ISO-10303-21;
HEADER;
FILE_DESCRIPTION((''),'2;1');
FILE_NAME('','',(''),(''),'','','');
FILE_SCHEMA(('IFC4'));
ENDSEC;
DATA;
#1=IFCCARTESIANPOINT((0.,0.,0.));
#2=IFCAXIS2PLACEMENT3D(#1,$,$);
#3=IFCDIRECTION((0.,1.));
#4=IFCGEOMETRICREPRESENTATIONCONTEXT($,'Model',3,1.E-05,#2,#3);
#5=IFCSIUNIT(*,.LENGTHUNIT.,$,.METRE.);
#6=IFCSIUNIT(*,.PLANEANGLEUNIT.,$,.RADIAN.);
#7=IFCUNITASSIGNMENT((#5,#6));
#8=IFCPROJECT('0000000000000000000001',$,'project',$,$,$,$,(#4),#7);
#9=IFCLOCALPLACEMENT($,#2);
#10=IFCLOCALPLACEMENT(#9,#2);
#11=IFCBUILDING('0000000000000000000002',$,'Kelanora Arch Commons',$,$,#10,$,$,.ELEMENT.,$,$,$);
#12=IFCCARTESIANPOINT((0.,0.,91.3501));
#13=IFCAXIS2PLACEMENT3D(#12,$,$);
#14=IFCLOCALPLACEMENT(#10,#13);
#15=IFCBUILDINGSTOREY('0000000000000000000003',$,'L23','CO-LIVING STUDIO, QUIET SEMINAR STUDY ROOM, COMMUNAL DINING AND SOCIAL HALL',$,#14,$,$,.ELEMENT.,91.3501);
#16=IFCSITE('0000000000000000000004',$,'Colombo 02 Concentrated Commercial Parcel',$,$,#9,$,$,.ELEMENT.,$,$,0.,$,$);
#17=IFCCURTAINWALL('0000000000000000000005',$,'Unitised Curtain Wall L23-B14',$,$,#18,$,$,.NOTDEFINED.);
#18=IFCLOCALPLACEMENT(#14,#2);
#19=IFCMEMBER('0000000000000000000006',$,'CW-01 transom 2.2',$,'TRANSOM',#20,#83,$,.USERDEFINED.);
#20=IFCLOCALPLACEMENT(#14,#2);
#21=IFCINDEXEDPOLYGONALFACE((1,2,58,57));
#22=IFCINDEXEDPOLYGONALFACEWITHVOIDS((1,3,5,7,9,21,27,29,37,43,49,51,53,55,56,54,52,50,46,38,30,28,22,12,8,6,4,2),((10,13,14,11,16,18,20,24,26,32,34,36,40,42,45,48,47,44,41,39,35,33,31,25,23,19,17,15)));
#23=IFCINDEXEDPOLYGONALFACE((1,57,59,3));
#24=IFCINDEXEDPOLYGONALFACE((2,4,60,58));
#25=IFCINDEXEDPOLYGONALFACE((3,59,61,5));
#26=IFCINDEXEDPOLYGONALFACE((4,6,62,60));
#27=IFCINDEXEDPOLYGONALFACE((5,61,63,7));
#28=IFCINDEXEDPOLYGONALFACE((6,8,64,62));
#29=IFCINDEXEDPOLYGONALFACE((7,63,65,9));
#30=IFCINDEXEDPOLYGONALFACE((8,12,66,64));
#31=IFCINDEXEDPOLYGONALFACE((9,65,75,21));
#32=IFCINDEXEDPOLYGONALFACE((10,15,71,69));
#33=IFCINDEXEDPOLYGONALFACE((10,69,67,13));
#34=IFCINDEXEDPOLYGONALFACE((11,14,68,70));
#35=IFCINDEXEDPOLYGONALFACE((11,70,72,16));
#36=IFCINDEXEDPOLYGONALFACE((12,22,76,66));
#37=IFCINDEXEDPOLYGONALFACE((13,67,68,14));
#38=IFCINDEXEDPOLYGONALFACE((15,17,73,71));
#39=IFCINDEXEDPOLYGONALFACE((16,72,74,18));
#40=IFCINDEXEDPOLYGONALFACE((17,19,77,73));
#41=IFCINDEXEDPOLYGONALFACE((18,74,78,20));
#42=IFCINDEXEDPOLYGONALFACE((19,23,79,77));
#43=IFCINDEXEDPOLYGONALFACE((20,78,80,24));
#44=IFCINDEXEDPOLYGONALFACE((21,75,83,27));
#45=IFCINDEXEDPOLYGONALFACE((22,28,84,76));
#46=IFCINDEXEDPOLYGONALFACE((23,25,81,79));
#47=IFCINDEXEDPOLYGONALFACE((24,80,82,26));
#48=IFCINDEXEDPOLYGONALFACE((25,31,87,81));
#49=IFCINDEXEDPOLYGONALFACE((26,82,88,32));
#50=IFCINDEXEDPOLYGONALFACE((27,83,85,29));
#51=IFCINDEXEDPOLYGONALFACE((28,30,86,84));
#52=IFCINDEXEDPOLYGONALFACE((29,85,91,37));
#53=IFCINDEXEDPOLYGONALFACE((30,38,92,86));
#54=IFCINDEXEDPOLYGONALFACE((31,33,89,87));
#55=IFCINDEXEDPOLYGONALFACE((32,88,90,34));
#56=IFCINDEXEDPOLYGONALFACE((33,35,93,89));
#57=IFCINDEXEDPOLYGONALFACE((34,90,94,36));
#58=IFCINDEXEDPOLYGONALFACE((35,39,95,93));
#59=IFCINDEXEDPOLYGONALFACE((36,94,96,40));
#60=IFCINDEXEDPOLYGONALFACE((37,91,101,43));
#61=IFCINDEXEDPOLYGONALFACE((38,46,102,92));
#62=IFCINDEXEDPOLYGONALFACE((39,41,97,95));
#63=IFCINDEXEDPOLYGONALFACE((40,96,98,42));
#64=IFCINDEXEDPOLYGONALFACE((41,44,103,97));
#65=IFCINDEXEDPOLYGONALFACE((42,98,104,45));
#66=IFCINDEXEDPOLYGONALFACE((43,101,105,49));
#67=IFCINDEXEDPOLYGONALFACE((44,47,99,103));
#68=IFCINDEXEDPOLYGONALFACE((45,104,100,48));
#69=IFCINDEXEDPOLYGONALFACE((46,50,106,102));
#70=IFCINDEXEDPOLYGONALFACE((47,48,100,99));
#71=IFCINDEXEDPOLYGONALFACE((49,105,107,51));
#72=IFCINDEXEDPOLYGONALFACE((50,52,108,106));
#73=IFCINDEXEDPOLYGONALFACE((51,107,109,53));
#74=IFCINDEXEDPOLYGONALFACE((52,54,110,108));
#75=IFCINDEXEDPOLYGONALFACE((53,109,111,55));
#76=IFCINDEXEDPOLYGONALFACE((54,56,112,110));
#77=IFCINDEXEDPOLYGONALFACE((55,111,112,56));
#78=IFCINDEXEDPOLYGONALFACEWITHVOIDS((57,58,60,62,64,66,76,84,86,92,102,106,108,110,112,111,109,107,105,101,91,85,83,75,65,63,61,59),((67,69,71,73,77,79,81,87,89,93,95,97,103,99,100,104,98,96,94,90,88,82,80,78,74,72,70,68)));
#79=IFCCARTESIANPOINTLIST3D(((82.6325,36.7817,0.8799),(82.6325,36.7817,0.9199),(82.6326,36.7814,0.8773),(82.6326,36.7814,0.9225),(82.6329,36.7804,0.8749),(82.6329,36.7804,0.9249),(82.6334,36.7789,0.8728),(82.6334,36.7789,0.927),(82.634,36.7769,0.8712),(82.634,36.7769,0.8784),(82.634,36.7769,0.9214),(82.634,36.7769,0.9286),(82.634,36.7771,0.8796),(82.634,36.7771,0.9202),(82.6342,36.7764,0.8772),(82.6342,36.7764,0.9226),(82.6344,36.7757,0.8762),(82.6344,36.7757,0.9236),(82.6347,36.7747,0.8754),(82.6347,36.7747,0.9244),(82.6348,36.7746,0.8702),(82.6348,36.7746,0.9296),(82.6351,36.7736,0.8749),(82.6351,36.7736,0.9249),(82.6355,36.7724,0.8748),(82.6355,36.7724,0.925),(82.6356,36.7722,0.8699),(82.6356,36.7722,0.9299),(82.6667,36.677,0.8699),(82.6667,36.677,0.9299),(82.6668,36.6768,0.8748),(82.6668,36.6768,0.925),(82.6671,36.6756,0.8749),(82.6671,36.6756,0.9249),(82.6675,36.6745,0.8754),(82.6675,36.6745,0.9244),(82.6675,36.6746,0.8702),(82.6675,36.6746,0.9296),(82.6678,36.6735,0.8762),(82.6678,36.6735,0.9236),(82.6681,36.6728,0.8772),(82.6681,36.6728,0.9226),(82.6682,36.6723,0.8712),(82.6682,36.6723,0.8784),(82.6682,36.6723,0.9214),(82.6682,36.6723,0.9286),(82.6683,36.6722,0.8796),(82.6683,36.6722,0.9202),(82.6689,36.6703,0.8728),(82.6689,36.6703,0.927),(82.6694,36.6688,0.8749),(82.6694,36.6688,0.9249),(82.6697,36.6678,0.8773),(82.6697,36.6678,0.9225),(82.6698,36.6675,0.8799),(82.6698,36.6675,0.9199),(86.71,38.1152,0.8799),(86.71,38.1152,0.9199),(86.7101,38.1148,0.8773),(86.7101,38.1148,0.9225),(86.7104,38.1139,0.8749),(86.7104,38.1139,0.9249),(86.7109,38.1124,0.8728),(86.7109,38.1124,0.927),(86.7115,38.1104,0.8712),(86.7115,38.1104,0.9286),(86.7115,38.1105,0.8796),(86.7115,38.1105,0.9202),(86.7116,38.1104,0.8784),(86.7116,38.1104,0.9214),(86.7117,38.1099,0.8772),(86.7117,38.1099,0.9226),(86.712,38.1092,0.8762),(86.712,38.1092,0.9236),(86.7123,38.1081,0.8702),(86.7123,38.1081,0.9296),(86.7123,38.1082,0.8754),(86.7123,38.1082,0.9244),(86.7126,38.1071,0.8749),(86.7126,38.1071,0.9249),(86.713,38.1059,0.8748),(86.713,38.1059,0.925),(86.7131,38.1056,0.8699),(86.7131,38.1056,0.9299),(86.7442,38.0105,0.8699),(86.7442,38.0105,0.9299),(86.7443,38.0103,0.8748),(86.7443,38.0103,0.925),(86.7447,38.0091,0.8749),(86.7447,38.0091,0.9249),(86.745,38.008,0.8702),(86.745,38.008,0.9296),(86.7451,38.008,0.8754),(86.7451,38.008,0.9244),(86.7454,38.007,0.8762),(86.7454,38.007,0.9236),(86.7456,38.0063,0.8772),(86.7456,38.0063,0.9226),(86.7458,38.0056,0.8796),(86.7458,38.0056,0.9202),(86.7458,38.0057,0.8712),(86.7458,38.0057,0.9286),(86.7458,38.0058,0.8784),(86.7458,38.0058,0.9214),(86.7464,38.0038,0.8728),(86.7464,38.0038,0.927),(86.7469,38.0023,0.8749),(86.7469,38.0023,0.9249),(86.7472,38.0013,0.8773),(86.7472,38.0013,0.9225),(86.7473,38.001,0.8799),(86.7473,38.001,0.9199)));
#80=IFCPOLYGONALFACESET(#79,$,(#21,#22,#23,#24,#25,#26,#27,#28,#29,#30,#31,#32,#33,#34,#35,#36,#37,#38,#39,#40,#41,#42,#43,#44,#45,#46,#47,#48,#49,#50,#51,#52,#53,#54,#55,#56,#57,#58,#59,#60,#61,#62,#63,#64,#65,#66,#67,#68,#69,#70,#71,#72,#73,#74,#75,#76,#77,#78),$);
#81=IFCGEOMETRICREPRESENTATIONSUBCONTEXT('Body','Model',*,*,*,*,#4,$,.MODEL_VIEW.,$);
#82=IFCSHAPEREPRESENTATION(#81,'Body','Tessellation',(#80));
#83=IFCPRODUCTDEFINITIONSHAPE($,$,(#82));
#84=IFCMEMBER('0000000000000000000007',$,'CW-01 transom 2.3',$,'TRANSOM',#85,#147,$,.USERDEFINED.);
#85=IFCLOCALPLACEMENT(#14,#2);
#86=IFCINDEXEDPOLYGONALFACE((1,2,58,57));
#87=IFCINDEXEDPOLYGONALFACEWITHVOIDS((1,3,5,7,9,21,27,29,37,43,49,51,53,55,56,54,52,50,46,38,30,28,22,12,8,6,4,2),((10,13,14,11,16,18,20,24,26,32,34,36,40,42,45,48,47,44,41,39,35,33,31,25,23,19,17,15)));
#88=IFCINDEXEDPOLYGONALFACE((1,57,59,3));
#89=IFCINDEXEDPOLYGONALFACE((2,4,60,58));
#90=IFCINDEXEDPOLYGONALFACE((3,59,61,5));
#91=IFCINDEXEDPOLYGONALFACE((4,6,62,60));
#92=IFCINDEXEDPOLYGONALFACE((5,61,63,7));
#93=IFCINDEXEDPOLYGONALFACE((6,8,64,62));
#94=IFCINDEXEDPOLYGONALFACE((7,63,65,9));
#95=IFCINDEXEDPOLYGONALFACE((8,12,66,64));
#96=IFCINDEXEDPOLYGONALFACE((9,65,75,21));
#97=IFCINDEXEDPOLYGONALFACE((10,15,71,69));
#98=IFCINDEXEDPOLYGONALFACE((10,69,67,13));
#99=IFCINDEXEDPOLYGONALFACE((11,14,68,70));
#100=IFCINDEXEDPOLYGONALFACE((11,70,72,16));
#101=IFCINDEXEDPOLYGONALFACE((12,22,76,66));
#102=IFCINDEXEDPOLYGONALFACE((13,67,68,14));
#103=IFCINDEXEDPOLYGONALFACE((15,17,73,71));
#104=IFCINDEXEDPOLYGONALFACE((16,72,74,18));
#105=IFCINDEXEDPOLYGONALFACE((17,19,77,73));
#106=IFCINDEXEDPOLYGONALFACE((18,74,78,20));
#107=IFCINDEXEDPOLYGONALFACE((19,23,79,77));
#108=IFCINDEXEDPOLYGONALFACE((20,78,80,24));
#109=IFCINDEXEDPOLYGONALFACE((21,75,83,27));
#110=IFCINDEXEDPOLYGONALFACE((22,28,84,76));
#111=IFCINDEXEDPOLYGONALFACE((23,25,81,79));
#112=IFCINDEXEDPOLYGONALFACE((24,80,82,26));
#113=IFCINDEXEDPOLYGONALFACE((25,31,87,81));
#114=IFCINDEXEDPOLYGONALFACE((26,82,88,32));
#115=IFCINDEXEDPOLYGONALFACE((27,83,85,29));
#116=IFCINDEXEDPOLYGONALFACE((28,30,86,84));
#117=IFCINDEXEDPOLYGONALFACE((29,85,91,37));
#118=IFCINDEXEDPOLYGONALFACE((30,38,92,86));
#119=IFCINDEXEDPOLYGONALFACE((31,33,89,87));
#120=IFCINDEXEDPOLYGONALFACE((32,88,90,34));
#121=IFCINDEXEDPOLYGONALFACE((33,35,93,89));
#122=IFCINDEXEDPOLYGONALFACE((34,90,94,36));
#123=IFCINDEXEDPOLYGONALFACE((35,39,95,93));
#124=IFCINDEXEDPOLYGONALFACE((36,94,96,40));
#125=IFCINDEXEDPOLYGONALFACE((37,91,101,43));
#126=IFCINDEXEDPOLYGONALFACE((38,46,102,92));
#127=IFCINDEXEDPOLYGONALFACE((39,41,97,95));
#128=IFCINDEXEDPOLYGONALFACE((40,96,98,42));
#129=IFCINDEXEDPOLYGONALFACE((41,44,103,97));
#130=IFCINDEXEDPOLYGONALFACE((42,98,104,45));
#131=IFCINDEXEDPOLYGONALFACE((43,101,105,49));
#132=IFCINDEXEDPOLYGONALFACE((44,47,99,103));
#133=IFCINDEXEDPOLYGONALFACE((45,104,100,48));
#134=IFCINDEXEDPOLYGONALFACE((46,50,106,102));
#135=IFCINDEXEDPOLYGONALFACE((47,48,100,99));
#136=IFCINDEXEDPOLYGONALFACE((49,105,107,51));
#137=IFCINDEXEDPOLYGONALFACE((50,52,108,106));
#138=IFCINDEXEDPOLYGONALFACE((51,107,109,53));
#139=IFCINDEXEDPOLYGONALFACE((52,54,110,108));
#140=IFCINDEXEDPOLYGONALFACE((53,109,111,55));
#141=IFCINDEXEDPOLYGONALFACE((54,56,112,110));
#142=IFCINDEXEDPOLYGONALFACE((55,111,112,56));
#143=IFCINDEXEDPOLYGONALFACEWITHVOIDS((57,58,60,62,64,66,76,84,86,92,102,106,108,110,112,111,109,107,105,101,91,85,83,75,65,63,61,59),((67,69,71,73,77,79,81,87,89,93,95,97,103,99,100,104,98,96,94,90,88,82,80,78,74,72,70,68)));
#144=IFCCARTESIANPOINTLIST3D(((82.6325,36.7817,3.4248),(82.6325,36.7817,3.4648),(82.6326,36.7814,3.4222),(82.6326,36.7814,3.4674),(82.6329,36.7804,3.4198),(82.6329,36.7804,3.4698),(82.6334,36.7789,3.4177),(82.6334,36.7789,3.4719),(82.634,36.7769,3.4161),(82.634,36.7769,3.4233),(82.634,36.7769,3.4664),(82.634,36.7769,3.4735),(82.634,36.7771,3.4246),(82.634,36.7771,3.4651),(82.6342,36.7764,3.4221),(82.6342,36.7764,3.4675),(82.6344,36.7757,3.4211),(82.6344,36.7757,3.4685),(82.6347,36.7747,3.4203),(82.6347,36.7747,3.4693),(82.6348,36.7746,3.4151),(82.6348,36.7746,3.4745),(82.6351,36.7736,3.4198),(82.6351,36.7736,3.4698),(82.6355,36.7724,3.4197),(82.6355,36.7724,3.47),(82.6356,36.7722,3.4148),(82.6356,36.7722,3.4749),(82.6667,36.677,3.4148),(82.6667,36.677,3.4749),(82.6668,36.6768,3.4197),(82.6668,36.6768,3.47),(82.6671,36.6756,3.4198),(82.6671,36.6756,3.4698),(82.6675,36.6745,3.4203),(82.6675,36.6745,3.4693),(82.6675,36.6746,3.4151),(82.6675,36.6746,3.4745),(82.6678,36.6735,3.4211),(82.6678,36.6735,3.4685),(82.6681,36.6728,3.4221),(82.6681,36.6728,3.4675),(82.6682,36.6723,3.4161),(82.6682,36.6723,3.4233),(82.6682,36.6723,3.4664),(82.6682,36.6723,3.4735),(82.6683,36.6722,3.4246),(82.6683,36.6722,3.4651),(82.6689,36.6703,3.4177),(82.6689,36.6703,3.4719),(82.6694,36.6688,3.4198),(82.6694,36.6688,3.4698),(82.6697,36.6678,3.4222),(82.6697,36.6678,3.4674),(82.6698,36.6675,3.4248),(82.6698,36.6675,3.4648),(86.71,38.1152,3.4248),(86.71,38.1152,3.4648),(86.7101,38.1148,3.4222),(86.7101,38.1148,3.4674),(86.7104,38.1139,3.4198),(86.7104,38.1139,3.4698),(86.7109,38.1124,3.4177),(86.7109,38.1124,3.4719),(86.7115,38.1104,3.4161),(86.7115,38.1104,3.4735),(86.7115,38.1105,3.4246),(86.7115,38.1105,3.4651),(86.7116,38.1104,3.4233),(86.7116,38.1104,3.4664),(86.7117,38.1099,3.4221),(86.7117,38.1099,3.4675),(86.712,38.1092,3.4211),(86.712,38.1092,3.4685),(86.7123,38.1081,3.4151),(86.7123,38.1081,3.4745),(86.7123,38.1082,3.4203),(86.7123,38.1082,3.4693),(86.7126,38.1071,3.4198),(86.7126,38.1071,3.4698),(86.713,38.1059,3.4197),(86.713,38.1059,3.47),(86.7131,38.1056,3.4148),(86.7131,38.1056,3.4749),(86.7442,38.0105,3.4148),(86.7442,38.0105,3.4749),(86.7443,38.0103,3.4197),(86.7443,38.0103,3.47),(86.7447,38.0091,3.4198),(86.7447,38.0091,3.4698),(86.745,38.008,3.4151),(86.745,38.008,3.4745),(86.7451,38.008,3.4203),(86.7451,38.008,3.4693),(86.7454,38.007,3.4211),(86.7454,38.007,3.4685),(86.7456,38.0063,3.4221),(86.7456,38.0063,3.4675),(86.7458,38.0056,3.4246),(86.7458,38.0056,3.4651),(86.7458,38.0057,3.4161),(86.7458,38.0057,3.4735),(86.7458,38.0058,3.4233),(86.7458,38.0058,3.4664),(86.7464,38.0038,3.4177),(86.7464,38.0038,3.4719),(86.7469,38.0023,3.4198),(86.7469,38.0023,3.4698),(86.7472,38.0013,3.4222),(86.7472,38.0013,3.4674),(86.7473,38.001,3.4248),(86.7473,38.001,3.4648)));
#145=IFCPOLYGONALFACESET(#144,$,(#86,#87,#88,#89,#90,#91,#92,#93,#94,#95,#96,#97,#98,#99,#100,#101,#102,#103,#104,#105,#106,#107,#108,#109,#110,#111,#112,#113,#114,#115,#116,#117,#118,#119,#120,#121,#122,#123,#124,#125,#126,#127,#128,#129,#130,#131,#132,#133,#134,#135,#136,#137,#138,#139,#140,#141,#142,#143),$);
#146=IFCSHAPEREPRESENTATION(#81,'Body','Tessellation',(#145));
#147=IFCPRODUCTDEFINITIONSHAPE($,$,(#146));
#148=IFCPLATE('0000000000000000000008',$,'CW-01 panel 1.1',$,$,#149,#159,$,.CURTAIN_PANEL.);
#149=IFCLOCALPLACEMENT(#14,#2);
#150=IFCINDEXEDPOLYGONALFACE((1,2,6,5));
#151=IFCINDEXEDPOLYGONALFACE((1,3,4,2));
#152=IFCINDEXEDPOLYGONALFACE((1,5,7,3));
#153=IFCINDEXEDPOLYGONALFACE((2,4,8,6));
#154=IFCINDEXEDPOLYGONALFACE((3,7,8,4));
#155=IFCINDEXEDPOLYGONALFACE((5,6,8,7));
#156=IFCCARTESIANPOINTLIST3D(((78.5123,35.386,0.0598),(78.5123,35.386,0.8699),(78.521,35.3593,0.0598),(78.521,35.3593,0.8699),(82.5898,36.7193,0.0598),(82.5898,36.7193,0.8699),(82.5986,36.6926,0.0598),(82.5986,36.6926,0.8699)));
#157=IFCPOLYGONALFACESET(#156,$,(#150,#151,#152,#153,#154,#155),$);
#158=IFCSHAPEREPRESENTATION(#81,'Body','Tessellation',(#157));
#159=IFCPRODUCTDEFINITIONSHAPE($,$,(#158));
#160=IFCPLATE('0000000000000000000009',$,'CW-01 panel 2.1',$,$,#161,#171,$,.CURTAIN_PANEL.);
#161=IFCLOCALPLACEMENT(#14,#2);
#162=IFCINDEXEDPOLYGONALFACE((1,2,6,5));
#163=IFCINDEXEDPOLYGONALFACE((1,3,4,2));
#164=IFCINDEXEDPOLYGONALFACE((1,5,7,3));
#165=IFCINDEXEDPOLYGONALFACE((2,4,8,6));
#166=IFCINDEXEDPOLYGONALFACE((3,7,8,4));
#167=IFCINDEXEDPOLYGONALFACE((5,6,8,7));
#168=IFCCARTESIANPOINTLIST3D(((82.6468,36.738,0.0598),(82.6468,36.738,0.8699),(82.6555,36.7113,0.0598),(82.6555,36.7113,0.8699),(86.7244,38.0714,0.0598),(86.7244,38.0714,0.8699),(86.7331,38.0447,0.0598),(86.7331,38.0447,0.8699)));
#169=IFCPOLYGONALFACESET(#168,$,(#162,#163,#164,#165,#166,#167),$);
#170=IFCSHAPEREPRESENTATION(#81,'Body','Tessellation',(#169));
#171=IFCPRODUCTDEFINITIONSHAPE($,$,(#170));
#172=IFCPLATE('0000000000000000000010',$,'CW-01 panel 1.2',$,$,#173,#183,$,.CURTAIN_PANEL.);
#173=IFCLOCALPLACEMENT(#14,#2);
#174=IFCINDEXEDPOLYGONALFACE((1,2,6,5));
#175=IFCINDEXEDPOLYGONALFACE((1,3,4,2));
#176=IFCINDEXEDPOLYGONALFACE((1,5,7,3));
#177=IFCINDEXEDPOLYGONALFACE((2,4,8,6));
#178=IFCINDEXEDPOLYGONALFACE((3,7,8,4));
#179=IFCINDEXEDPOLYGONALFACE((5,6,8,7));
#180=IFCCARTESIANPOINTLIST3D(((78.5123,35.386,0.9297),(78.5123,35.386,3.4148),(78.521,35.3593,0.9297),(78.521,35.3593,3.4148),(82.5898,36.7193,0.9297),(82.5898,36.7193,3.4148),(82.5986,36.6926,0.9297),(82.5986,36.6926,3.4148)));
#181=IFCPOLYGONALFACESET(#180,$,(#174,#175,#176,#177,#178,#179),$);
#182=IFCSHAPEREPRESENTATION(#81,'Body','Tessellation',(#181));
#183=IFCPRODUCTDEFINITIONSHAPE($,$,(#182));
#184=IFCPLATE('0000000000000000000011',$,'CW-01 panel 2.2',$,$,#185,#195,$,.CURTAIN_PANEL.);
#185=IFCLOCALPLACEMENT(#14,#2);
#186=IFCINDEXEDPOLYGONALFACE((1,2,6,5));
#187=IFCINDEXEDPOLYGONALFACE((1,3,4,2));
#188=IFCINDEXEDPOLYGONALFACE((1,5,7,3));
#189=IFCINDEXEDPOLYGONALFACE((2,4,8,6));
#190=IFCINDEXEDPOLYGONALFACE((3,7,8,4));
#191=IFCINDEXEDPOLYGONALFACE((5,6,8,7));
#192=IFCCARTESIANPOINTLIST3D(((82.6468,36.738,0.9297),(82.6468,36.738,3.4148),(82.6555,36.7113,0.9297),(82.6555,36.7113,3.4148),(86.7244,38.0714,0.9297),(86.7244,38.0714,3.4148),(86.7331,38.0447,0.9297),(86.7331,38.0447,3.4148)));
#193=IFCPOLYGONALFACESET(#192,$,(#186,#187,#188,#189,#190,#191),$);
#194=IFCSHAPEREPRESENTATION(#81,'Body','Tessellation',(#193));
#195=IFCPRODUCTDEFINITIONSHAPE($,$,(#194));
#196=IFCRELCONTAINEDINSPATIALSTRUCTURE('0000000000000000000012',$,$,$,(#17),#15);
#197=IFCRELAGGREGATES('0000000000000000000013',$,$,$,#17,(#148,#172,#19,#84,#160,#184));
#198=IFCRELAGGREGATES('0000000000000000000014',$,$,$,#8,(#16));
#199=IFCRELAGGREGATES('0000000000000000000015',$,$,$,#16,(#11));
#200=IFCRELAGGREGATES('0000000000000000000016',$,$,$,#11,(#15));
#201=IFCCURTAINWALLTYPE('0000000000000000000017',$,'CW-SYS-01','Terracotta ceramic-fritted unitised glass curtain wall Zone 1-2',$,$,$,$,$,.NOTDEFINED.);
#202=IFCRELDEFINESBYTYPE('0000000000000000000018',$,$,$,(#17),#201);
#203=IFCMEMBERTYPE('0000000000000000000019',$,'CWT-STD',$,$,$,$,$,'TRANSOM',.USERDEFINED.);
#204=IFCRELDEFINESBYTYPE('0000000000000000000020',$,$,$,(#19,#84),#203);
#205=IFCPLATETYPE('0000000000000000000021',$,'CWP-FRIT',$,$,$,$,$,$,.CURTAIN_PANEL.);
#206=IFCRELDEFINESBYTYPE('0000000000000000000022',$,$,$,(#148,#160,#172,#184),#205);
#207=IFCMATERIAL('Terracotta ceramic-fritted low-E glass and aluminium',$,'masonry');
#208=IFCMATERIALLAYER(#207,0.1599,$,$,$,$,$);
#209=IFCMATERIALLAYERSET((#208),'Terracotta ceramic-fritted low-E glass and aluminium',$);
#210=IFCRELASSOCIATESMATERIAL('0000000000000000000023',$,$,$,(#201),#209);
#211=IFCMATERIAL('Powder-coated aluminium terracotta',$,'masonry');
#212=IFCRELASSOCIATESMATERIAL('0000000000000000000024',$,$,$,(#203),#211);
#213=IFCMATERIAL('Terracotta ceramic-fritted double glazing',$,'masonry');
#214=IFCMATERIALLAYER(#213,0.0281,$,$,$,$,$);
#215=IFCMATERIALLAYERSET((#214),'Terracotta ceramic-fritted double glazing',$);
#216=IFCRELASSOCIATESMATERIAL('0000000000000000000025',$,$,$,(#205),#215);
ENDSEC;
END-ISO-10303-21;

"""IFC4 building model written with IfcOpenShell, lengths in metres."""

from ifc_helpers import new_model, si_unit, direction, frame, origin, origin_2d, place, context, subcontext, project, spatial, rectangle, hollow_rectangle, extrude, source, transform, mapped, material, layer, layer_set, material_profile, profile_set, type_object, element, aggregate, save


model = new_model("IFC4")

# Units and contexts
model_context = context("Model", 3, precision=1e-05, world=origin(), true_north=direction((0.0, 1.0)))
body_context = subcontext(model_context, "Body", "Model", "MODEL_VIEW")
ifc_project = project(units=[si_unit("LENGTHUNIT", "METRE"), si_unit("PLANEANGLEUNIT", "RADIAN")], contexts=[model_context])

# Site, building, storey
site_placement = place(None, origin())
site = spatial("IfcSite", under=ifc_project, at=site_placement, Name="Colombo 02 Concentrated Commercial Parcel", CompositionType="ELEMENT", RefElevation=0.0)
building_placement = place(site_placement, origin())
building = spatial("IfcBuilding", under=site, at=building_placement, Name="Kelanora Arch Commons", CompositionType="ELEMENT")
storey_placement = place(building_placement, frame((0.0, 0.0, 91.3501)))
storey = spatial("IfcBuildingStorey", under=building, at=storey_placement, Name="L23", Description="CO-LIVING STUDIO, QUIET SEMINAR STUDY ROOM, COMMUNAL DINING AND SOCIAL HALL", CompositionType="ELEMENT", Elevation=91.3501)

# Curtain wall, members, plates
ifc_material_1 = material(Name="Terracotta ceramic-fritted low-E glass and aluminium", Category="masonry")
ifc_layer_1 = layer(ifc_material_1, 0.1599)
ifc_layer_set_1 = layer_set([ifc_layer_1], Name="Terracotta ceramic-fritted low-E glass and aluminium")
curtain_wall_type = type_object("IfcCurtainWallType", Name="CW-SYS-01", Description="Terracotta ceramic-fritted unitised glass curtain wall Zone 1-2", PredefinedType="NOTDEFINED", material=ifc_layer_set_1)
curtain_wall_placement = place(storey_placement, origin())
curtain_wall = element("IfcCurtainWall", 1, at=curtain_wall_placement, inside=storey, type_object=curtain_wall_type, Name="Unitised Curtain Wall L23-B14", PredefinedType="NOTDEFINED")
ifc_material_2 = material(Name="Powder-coated aluminium terracotta", Category="masonry")
ifc_material_profile_1 = material_profile(ifc_material_2, hollow_rectangle(XDim=0.1201, YDim=0.0601, WallThickness=0.0049, InnerFilletRadius=0.0049, OuterFilletRadius=0.01, at=origin_2d()), Name="CWT120x60")
ifc_profile_set_1 = profile_set([ifc_material_profile_1], Name="Powder-coated aluminium terracotta")
member_type_1 = type_object("IfcMemberType", Name="CWT-STD", ElementType="TRANSOM", PredefinedType="USERDEFINED", material=ifc_profile_set_1)
member_1_placement = place(storey_placement, frame((82.6511, 36.7246, 0.8999), z_axis=(0.950466, 0.310828, 0.0), x_axis=(-0.310828, 0.950466, 0.0)))
member_1 = element("IfcMember", 2, at=member_1_placement, type_object=member_type_1, Name="CW-01 transom 2.2", ObjectType="TRANSOM", PredefinedType="USERDEFINED", context=body_context, shape_type="SweptSolid", body=[
    extrude(hollow_rectangle(XDim=0.1201, YDim=0.0601, WallThickness=0.0049, InnerFilletRadius=0.0049, OuterFilletRadius=0.01, at=origin_2d()), origin(), (0.0, 0.0, 1.0), 4.29),
])
member_2_placement = place(storey_placement, frame((82.6511, 36.7246, 3.4448), z_axis=(0.950466, 0.310828, 0.0), x_axis=(-0.310828, 0.950466, 0.0)))
member_2 = element("IfcMember", 3, at=member_2_placement, type_object=member_type_1, Name="CW-01 transom 2.3", ObjectType="TRANSOM", PredefinedType="USERDEFINED", context=body_context, shape_type="SweptSolid", body=[
    extrude(hollow_rectangle(XDim=0.1201, YDim=0.0601, WallThickness=0.0049, InnerFilletRadius=0.0049, OuterFilletRadius=0.01, at=origin_2d()), origin(), (0.0, 0.0, 1.0), 4.29),
])
ifc_material_3 = material(Name="Terracotta ceramic-fritted double glazing", Category="masonry")
ifc_layer_2 = layer(ifc_material_3, 0.0281)
ifc_layer_set_2 = layer_set([ifc_layer_2], Name="Terracotta ceramic-fritted double glazing")
plate_type = type_object("IfcPlateType", Name="CWP-FRIT", PredefinedType="CURTAIN_PANEL", material=ifc_layer_set_2)
shared_shape_1 = source(origin(), body_context, "Body", "SweptSolid", [
    extrude(rectangle(XDim=4.29, YDim=0.0281, at=origin_2d()), origin(), (0.0, 0.0, 1.0), 0.8101),
])
plate_1_placement = place(storey_placement, frame((80.5554, 36.0393, 0.0598), z_axis=(0.0, 0.0, 1.0), x_axis=(0.950474, 0.310805, 0.0)))
plate_1 = element("IfcPlate", 4, at=plate_1_placement, type_object=plate_type, Name="CW-01 panel 1.1", PredefinedType="CURTAIN_PANEL", context=body_context, shape_type="MappedRepresentation", body=[
    mapped(shared_shape_1, transform((0.0, 0.0, 0.0), scale=1.0)),
])
plate_2_placement = place(storey_placement, frame((84.6899, 37.3914, 0.0598), z_axis=(0.0, 0.0, 1.0), x_axis=(0.950474, 0.310805, 0.0)))
plate_2 = element("IfcPlate", 5, at=plate_2_placement, type_object=plate_type, Name="CW-01 panel 2.1", PredefinedType="CURTAIN_PANEL", context=body_context, shape_type="MappedRepresentation", body=[
    mapped(shared_shape_1, transform((0.0, 0.0, 0.0), scale=1.0)),
])
shared_shape_2 = source(origin(), body_context, "Body", "SweptSolid", [
    extrude(rectangle(XDim=4.29, YDim=0.0281, at=origin_2d()), origin(), (0.0, 0.0, 1.0), 2.4851),
])
plate_3_placement = place(storey_placement, frame((80.5554, 36.0393, 0.9297), z_axis=(0.0, 0.0, 1.0), x_axis=(0.950474, 0.310805, 0.0)))
plate_3 = element("IfcPlate", 6, at=plate_3_placement, type_object=plate_type, Name="CW-01 panel 1.2", PredefinedType="CURTAIN_PANEL", context=body_context, shape_type="MappedRepresentation", body=[
    mapped(shared_shape_2, transform((0.0, 0.0, 0.0), scale=1.0)),
])
plate_4_placement = place(storey_placement, frame((84.6899, 37.3914, 0.9297), z_axis=(0.0, 0.0, 1.0), x_axis=(0.950474, 0.310805, 0.0)))
plate_4 = element("IfcPlate", 7, at=plate_4_placement, type_object=plate_type, Name="CW-01 panel 2.2", PredefinedType="CURTAIN_PANEL", context=body_context, shape_type="MappedRepresentation", body=[
    mapped(shared_shape_2, transform((0.0, 0.0, 0.0), scale=1.0)),
])
aggregate(curtain_wall, [plate_1, plate_3, member_1, member_2, plate_2, plate_4])

save(model, "model.ifc")
